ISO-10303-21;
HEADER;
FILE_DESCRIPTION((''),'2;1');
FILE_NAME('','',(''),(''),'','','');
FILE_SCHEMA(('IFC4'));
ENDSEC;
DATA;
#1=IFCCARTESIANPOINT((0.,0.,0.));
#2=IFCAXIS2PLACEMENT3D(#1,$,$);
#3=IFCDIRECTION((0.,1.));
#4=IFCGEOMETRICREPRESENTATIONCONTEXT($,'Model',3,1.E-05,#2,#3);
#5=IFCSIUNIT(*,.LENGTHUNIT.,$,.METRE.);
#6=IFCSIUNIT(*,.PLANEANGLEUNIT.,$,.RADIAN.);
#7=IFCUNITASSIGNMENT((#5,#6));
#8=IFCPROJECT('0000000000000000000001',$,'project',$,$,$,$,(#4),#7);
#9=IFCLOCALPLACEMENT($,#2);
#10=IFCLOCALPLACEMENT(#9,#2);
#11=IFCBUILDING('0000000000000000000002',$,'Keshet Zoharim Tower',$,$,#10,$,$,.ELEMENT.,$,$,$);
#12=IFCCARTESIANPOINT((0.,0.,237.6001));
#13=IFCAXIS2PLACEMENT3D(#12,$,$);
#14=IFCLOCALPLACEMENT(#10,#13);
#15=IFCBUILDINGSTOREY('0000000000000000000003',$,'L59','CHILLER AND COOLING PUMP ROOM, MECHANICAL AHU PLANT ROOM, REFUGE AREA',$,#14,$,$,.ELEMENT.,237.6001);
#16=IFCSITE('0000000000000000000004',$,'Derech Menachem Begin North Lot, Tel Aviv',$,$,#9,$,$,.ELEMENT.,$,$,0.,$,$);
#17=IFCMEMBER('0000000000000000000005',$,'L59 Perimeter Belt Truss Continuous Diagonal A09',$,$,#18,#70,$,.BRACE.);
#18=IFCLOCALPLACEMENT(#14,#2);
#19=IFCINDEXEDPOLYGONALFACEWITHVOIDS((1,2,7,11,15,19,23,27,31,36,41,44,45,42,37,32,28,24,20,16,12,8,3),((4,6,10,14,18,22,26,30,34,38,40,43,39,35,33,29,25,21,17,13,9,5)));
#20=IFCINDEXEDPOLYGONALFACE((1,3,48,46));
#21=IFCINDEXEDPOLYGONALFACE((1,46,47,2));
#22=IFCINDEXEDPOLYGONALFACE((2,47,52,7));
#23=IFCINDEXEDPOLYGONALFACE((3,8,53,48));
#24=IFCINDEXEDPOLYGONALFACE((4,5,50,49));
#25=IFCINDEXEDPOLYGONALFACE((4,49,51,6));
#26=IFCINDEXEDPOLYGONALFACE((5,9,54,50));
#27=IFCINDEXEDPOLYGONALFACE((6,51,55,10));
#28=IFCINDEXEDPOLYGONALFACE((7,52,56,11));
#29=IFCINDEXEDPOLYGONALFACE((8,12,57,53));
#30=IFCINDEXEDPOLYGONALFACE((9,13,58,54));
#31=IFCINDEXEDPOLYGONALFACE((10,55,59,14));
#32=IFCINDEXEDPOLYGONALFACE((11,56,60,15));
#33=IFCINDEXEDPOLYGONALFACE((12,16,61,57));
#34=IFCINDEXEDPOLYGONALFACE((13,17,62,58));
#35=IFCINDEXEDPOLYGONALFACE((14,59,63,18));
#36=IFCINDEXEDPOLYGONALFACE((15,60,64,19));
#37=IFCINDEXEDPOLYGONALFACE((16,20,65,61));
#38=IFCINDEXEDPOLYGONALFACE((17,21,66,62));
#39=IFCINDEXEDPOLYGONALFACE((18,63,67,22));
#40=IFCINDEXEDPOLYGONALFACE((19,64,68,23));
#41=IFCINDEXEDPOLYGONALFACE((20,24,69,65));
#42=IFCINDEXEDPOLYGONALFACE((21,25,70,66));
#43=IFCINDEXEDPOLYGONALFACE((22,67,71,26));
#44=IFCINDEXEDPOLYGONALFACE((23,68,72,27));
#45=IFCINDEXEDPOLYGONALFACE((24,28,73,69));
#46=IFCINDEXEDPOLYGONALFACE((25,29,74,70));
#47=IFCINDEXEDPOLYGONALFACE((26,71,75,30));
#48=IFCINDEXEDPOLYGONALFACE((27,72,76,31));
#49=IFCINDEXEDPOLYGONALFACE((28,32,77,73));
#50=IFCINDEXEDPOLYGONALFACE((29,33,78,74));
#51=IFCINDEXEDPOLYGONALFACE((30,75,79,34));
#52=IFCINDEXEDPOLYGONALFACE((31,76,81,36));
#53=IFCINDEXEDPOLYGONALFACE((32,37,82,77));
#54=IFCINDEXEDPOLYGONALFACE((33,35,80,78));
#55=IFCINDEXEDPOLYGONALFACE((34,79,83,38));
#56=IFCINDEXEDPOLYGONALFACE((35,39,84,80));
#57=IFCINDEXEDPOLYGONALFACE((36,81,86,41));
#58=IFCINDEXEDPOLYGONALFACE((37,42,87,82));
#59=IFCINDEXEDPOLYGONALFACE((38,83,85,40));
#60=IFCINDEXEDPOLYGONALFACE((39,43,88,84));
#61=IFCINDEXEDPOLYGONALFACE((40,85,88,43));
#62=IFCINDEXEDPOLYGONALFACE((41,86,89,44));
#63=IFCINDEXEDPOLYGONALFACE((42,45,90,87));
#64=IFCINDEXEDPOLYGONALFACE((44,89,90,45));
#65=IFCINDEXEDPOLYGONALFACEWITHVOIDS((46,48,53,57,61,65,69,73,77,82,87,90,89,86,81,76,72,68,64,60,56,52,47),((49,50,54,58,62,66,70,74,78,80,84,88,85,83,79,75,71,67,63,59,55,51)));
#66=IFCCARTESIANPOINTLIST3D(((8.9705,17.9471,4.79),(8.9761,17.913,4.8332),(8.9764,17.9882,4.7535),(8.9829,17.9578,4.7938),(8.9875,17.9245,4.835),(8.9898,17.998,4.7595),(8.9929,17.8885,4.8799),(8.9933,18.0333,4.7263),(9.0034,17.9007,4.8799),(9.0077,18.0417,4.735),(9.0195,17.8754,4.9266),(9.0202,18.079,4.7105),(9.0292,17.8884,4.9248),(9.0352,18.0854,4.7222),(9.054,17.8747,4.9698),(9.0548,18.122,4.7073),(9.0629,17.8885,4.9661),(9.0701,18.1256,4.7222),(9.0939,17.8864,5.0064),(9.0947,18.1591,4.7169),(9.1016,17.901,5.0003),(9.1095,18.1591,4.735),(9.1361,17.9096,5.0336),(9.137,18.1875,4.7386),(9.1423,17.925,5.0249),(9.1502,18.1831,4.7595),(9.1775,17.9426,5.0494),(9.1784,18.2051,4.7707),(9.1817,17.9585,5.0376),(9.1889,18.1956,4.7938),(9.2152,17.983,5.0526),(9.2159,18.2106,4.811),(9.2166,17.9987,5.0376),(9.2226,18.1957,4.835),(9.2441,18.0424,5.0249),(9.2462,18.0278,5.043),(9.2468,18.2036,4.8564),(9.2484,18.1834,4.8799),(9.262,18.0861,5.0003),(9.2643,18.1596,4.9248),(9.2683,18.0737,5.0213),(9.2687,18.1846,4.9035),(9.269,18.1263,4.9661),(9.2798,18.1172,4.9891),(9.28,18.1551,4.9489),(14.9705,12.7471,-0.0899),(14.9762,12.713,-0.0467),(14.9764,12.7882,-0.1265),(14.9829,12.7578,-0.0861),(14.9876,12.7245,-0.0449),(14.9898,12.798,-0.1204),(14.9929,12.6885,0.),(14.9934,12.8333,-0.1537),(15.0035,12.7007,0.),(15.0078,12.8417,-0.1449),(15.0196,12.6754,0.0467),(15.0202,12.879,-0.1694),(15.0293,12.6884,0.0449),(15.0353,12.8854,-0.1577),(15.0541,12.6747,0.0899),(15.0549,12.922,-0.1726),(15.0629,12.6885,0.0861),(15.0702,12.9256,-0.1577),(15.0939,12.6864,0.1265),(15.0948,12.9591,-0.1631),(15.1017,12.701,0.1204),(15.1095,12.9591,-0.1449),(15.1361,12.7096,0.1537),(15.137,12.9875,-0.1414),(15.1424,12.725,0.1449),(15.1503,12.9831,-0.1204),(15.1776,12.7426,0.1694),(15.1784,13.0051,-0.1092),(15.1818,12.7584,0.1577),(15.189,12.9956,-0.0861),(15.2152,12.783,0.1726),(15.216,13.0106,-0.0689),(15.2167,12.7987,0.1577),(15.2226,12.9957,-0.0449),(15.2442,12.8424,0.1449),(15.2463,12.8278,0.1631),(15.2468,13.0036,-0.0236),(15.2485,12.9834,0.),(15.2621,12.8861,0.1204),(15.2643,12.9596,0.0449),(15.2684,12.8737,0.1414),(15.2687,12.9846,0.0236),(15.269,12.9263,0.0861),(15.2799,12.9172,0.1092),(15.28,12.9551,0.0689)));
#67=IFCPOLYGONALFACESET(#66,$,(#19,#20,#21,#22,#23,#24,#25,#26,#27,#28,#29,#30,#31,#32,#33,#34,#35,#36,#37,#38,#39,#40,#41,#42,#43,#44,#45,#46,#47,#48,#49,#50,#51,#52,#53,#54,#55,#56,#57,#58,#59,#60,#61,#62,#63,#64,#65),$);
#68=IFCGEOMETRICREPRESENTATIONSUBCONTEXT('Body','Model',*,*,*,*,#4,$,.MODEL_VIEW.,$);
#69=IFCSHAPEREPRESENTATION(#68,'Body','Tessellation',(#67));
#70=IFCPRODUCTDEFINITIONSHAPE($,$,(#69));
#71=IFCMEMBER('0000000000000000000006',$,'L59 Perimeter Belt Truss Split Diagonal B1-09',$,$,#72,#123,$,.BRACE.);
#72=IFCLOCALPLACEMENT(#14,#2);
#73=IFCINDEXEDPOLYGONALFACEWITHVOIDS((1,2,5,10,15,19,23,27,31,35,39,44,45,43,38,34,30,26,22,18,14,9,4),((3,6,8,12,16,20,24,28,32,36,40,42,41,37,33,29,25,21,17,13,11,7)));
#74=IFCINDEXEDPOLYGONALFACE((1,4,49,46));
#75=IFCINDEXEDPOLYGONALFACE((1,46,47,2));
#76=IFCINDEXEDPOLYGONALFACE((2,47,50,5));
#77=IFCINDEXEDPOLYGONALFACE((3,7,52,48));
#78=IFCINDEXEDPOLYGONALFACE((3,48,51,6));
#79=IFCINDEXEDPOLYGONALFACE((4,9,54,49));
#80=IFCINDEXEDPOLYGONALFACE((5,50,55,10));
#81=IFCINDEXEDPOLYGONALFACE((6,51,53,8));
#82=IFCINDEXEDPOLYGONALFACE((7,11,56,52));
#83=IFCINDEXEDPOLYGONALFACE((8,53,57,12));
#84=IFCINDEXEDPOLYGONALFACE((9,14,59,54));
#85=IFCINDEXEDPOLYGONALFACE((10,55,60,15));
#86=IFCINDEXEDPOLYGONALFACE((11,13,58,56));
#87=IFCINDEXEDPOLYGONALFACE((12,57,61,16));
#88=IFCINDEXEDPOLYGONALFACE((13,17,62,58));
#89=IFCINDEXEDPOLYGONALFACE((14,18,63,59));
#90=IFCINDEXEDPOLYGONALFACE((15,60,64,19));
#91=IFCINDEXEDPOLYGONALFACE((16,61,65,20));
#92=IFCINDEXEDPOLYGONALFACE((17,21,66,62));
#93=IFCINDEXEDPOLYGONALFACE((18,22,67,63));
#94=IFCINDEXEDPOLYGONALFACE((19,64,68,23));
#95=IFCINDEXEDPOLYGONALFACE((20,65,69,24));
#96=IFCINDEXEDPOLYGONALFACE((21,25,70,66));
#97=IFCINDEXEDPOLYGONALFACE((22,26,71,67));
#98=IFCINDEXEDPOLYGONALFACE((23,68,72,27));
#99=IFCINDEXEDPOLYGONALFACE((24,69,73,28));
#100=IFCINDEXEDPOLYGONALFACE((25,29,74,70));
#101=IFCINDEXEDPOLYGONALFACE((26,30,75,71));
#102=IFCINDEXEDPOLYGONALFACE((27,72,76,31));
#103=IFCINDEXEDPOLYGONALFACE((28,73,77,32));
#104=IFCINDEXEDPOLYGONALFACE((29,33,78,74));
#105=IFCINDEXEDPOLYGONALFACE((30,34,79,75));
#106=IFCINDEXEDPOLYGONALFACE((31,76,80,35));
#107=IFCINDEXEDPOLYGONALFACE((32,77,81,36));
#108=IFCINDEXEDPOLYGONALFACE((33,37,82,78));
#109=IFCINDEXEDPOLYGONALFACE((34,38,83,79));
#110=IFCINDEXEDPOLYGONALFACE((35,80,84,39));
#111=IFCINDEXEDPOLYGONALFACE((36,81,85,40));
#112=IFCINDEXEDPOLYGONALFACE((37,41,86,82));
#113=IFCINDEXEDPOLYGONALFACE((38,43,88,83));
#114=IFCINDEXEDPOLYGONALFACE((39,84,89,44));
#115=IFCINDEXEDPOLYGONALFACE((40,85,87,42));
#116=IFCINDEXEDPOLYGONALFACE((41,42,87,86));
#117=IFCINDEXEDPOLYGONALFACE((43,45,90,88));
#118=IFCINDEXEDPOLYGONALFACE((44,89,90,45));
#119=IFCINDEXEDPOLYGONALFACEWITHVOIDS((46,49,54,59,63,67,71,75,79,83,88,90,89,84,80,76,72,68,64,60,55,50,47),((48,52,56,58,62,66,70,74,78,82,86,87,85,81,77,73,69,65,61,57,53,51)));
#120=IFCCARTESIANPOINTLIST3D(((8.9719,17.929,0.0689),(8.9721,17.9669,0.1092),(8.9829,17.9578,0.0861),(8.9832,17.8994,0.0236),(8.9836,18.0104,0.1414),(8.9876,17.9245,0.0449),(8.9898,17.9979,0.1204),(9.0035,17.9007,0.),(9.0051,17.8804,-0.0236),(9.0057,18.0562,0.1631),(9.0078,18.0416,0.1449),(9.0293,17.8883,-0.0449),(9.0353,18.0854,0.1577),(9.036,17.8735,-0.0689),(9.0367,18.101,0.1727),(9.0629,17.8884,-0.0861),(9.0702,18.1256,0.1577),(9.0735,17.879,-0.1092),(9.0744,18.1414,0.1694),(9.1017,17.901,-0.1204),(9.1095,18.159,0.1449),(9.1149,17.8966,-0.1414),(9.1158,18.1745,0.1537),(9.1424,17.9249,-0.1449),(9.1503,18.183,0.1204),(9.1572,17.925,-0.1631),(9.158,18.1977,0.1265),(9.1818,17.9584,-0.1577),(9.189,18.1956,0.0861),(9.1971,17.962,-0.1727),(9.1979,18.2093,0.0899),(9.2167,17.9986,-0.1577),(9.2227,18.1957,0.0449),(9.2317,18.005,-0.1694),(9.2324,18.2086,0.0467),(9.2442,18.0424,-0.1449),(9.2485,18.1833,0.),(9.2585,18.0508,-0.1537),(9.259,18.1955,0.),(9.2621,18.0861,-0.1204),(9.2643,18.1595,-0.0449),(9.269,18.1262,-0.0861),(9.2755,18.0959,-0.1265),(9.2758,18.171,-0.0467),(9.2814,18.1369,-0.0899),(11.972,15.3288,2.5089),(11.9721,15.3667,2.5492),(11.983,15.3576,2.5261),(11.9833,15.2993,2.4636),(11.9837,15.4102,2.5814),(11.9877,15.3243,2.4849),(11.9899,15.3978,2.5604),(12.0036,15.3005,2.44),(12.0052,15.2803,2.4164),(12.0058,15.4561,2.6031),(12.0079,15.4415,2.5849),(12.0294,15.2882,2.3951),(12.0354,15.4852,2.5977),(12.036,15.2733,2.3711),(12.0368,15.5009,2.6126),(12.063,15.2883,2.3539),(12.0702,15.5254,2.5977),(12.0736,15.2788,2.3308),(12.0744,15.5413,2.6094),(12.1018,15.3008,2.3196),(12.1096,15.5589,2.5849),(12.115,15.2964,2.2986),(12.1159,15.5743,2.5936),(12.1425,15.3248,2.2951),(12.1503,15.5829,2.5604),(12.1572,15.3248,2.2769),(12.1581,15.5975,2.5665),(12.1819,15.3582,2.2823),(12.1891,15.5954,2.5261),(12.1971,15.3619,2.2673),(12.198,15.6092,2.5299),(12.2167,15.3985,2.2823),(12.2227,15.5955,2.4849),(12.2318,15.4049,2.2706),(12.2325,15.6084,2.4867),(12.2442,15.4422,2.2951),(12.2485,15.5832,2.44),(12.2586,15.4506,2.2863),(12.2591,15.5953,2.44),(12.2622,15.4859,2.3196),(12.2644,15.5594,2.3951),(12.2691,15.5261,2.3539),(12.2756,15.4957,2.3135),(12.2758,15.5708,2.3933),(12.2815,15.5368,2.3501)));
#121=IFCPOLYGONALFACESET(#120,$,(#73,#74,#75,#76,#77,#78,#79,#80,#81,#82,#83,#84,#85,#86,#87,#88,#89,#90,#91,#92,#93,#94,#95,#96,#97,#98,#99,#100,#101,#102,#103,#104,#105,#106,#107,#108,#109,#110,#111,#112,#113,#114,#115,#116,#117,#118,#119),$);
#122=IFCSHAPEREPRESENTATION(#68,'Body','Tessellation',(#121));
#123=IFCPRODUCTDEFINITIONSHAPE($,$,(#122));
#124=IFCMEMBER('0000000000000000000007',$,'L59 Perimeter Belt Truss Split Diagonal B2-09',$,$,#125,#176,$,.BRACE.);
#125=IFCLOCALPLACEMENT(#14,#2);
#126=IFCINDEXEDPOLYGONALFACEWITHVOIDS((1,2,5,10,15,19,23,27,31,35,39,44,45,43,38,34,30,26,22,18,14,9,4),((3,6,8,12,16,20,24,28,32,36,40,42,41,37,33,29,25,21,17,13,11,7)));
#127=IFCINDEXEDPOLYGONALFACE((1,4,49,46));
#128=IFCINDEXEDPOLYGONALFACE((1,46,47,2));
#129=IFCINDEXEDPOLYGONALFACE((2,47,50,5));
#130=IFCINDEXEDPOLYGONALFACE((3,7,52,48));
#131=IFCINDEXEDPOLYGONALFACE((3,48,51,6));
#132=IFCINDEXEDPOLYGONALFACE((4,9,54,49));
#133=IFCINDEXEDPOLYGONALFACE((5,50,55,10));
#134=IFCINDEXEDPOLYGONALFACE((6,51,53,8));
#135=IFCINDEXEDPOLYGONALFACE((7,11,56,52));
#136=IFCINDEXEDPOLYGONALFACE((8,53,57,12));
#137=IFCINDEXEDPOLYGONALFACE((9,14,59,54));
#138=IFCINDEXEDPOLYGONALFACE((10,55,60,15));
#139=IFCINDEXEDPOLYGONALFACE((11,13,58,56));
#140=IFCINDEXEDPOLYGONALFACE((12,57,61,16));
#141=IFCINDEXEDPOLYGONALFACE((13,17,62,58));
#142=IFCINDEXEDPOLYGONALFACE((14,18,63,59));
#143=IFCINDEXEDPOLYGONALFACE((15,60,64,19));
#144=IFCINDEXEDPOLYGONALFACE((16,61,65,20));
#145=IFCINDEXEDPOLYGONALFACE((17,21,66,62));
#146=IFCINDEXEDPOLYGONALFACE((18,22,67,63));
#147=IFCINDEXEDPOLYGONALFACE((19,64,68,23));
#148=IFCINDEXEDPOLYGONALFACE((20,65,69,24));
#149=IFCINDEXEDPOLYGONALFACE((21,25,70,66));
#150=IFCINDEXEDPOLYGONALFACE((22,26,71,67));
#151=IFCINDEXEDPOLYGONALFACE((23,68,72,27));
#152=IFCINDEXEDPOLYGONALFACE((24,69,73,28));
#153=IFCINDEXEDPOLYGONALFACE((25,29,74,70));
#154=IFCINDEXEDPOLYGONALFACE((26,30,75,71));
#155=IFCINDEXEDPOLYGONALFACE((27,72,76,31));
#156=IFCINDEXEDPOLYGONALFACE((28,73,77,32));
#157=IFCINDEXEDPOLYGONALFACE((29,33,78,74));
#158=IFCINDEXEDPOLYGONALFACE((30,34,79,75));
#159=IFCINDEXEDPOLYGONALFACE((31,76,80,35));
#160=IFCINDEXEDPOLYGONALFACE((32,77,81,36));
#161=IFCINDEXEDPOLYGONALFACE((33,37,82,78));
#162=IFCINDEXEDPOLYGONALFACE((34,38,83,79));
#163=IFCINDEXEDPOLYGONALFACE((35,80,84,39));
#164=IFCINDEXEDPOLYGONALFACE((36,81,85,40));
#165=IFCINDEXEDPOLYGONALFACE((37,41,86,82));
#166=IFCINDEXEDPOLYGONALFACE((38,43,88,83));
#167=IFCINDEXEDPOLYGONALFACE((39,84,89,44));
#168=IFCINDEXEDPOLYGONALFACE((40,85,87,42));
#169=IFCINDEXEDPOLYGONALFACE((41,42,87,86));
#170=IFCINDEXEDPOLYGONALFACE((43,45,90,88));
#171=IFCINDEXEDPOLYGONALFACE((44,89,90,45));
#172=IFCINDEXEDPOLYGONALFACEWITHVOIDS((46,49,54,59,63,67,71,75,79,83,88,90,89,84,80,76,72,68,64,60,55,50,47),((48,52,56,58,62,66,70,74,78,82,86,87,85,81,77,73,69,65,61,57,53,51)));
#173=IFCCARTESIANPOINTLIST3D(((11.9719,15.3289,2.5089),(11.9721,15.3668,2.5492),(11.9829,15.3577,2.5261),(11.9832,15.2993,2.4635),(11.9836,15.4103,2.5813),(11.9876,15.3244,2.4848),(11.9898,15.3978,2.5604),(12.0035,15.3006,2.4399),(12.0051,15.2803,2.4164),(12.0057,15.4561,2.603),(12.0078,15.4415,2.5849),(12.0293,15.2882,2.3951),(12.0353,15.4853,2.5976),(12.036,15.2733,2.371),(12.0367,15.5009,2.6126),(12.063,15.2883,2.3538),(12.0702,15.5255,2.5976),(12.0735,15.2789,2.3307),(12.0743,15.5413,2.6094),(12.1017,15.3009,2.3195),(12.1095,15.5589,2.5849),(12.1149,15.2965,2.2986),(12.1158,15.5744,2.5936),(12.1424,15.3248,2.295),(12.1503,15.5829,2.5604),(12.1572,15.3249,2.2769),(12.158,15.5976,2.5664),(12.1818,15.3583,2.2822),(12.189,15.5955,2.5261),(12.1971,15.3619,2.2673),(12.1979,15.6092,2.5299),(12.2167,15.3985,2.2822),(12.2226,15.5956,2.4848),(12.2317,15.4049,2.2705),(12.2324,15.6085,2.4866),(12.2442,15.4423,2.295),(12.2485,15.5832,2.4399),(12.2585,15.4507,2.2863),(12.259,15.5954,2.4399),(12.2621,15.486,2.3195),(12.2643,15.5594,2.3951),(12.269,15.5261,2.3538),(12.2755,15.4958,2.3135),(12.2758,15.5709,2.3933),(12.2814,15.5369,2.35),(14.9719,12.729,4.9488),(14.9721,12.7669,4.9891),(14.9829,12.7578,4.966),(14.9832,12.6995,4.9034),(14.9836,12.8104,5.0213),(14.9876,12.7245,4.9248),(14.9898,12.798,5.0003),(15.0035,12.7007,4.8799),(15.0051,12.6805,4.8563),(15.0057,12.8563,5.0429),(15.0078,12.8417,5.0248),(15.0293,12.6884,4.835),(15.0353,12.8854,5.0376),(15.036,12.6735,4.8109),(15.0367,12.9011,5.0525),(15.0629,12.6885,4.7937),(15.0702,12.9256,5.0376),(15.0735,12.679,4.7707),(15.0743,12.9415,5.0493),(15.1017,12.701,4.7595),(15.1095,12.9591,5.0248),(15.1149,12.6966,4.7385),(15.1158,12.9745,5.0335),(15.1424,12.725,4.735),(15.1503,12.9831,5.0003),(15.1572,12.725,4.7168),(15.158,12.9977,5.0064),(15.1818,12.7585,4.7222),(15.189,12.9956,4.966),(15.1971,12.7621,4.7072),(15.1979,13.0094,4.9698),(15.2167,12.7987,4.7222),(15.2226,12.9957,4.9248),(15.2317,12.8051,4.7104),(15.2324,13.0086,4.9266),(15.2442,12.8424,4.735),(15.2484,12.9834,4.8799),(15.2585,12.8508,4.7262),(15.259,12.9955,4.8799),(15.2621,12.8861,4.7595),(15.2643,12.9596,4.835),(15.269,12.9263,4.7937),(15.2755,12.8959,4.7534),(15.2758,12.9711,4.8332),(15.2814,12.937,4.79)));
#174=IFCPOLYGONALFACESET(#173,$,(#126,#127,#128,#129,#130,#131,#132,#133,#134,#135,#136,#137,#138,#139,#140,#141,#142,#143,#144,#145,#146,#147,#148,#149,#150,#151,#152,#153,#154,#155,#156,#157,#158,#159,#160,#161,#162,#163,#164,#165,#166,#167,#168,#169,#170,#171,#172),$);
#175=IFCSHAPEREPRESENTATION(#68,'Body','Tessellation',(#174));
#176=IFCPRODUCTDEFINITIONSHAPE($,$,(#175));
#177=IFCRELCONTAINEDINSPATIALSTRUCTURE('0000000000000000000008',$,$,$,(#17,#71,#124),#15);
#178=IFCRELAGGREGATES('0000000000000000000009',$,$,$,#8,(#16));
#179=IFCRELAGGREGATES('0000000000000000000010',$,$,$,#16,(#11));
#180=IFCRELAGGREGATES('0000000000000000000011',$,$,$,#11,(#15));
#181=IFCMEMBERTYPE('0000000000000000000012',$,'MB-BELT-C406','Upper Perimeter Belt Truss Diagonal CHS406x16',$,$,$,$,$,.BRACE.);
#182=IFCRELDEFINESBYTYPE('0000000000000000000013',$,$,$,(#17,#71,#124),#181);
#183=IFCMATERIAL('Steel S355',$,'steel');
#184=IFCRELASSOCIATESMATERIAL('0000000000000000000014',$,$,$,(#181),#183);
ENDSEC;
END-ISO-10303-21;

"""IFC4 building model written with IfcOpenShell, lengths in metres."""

from ifc_helpers import new_model, si_unit, direction, frame, origin, origin_2d, place, context, subcontext, project, spatial, hollow_circle, extrude, material, material_profile, profile_set, type_object, element, save


model = new_model("IFC4")

# Units and contexts
model_context = context("Model", 3, precision=1e-05, world=origin(), true_north=direction((0.0, 1.0)))
body_context = subcontext(model_context, "Body", "Model", "MODEL_VIEW")
ifc_project = project(units=[si_unit("LENGTHUNIT", "METRE"), si_unit("PLANEANGLEUNIT", "RADIAN")], contexts=[model_context])

# Site, building, storey
site_placement = place(None, origin())
site = spatial("IfcSite", under=ifc_project, at=site_placement, Name="Derech Menachem Begin North Lot, Tel Aviv", CompositionType="ELEMENT", RefElevation=0.0)
building_placement = place(site_placement, origin())
building = spatial("IfcBuilding", under=site, at=building_placement, Name="Keshet Zoharim Tower", CompositionType="ELEMENT")
storey_placement = place(building_placement, frame((0.0, 0.0, 237.6001)))
storey = spatial("IfcBuildingStorey", under=building, at=storey_placement, Name="L59", Description="CHILLER AND COOLING PUMP ROOM, MECHANICAL AHU PLANT ROOM, REFUGE AREA", CompositionType="ELEMENT", Elevation=237.6001)

# Shared definitions
ifc_material_1 = material(Name="Steel S355", Category="steel")

# Members
ifc_material_profile_1 = material_profile(ifc_material_1, hollow_circle(Radius=0.2031, WallThickness=0.0161, at=origin_2d()), Name="CHS406x16")
ifc_profile_set_1 = profile_set([ifc_material_profile_1], Name="Steel S355")
member_type_1 = type_object("IfcMemberType", Name="MB-BELT-C406", Description="Upper Perimeter Belt Truss Diagonal CHS406x16", PredefinedType="BRACE", material=ifc_profile_set_1)
member_1_placement = place(storey_placement, frame((15.126, 12.842, 0.0), z_axis=(-0.643813, 0.557966, 0.523622), x_axis=(-0.654927, -0.755692, 0.0)))
element("IfcMember", 1, at=member_1_placement, inside=storey, type_object=member_type_1, Name="L59 Perimeter Belt Truss Continuous Diagonal A09", PredefinedType="BRACE", context=body_context, shape_type="SweptSolid", body=[
    extrude(hollow_circle(Radius=0.2031, WallThickness=0.0161, at=origin_2d()), origin(), (0.0, 0.0, 1.0), 9.3196),
])
member_2_placement = place(storey_placement, frame((9.126, 18.042, 0.0), z_axis=(0.643803, -0.557984, 0.523614), x_axis=(0.654945, 0.755677, 0.0)))
element("IfcMember", 2, at=member_2_placement, inside=storey, type_object=member_type_1, Name="L59 Perimeter Belt Truss Split Diagonal B1-09", PredefinedType="BRACE", context=body_context, shape_type="SweptSolid", body=[
    extrude(hollow_circle(Radius=0.2031, WallThickness=0.0161, at=origin_2d()), origin(), (0.0, 0.0, 1.0), 4.6599),
])
member_3_placement = place(storey_placement, frame((12.126, 15.4419, 2.4399), z_axis=(0.643822, -0.557948, 0.523629), x_axis=(0.654909, 0.755707, 0.0)))
element("IfcMember", 3, at=member_3_placement, inside=storey, type_object=member_type_1, Name="L59 Perimeter Belt Truss Split Diagonal B2-09", PredefinedType="BRACE", context=body_context, shape_type="SweptSolid", body=[
    extrude(hollow_circle(Radius=0.2031, WallThickness=0.0161, at=origin_2d()), origin(), (0.0, 0.0, 1.0), 4.6597),
])

save(model, "model.ifc")
